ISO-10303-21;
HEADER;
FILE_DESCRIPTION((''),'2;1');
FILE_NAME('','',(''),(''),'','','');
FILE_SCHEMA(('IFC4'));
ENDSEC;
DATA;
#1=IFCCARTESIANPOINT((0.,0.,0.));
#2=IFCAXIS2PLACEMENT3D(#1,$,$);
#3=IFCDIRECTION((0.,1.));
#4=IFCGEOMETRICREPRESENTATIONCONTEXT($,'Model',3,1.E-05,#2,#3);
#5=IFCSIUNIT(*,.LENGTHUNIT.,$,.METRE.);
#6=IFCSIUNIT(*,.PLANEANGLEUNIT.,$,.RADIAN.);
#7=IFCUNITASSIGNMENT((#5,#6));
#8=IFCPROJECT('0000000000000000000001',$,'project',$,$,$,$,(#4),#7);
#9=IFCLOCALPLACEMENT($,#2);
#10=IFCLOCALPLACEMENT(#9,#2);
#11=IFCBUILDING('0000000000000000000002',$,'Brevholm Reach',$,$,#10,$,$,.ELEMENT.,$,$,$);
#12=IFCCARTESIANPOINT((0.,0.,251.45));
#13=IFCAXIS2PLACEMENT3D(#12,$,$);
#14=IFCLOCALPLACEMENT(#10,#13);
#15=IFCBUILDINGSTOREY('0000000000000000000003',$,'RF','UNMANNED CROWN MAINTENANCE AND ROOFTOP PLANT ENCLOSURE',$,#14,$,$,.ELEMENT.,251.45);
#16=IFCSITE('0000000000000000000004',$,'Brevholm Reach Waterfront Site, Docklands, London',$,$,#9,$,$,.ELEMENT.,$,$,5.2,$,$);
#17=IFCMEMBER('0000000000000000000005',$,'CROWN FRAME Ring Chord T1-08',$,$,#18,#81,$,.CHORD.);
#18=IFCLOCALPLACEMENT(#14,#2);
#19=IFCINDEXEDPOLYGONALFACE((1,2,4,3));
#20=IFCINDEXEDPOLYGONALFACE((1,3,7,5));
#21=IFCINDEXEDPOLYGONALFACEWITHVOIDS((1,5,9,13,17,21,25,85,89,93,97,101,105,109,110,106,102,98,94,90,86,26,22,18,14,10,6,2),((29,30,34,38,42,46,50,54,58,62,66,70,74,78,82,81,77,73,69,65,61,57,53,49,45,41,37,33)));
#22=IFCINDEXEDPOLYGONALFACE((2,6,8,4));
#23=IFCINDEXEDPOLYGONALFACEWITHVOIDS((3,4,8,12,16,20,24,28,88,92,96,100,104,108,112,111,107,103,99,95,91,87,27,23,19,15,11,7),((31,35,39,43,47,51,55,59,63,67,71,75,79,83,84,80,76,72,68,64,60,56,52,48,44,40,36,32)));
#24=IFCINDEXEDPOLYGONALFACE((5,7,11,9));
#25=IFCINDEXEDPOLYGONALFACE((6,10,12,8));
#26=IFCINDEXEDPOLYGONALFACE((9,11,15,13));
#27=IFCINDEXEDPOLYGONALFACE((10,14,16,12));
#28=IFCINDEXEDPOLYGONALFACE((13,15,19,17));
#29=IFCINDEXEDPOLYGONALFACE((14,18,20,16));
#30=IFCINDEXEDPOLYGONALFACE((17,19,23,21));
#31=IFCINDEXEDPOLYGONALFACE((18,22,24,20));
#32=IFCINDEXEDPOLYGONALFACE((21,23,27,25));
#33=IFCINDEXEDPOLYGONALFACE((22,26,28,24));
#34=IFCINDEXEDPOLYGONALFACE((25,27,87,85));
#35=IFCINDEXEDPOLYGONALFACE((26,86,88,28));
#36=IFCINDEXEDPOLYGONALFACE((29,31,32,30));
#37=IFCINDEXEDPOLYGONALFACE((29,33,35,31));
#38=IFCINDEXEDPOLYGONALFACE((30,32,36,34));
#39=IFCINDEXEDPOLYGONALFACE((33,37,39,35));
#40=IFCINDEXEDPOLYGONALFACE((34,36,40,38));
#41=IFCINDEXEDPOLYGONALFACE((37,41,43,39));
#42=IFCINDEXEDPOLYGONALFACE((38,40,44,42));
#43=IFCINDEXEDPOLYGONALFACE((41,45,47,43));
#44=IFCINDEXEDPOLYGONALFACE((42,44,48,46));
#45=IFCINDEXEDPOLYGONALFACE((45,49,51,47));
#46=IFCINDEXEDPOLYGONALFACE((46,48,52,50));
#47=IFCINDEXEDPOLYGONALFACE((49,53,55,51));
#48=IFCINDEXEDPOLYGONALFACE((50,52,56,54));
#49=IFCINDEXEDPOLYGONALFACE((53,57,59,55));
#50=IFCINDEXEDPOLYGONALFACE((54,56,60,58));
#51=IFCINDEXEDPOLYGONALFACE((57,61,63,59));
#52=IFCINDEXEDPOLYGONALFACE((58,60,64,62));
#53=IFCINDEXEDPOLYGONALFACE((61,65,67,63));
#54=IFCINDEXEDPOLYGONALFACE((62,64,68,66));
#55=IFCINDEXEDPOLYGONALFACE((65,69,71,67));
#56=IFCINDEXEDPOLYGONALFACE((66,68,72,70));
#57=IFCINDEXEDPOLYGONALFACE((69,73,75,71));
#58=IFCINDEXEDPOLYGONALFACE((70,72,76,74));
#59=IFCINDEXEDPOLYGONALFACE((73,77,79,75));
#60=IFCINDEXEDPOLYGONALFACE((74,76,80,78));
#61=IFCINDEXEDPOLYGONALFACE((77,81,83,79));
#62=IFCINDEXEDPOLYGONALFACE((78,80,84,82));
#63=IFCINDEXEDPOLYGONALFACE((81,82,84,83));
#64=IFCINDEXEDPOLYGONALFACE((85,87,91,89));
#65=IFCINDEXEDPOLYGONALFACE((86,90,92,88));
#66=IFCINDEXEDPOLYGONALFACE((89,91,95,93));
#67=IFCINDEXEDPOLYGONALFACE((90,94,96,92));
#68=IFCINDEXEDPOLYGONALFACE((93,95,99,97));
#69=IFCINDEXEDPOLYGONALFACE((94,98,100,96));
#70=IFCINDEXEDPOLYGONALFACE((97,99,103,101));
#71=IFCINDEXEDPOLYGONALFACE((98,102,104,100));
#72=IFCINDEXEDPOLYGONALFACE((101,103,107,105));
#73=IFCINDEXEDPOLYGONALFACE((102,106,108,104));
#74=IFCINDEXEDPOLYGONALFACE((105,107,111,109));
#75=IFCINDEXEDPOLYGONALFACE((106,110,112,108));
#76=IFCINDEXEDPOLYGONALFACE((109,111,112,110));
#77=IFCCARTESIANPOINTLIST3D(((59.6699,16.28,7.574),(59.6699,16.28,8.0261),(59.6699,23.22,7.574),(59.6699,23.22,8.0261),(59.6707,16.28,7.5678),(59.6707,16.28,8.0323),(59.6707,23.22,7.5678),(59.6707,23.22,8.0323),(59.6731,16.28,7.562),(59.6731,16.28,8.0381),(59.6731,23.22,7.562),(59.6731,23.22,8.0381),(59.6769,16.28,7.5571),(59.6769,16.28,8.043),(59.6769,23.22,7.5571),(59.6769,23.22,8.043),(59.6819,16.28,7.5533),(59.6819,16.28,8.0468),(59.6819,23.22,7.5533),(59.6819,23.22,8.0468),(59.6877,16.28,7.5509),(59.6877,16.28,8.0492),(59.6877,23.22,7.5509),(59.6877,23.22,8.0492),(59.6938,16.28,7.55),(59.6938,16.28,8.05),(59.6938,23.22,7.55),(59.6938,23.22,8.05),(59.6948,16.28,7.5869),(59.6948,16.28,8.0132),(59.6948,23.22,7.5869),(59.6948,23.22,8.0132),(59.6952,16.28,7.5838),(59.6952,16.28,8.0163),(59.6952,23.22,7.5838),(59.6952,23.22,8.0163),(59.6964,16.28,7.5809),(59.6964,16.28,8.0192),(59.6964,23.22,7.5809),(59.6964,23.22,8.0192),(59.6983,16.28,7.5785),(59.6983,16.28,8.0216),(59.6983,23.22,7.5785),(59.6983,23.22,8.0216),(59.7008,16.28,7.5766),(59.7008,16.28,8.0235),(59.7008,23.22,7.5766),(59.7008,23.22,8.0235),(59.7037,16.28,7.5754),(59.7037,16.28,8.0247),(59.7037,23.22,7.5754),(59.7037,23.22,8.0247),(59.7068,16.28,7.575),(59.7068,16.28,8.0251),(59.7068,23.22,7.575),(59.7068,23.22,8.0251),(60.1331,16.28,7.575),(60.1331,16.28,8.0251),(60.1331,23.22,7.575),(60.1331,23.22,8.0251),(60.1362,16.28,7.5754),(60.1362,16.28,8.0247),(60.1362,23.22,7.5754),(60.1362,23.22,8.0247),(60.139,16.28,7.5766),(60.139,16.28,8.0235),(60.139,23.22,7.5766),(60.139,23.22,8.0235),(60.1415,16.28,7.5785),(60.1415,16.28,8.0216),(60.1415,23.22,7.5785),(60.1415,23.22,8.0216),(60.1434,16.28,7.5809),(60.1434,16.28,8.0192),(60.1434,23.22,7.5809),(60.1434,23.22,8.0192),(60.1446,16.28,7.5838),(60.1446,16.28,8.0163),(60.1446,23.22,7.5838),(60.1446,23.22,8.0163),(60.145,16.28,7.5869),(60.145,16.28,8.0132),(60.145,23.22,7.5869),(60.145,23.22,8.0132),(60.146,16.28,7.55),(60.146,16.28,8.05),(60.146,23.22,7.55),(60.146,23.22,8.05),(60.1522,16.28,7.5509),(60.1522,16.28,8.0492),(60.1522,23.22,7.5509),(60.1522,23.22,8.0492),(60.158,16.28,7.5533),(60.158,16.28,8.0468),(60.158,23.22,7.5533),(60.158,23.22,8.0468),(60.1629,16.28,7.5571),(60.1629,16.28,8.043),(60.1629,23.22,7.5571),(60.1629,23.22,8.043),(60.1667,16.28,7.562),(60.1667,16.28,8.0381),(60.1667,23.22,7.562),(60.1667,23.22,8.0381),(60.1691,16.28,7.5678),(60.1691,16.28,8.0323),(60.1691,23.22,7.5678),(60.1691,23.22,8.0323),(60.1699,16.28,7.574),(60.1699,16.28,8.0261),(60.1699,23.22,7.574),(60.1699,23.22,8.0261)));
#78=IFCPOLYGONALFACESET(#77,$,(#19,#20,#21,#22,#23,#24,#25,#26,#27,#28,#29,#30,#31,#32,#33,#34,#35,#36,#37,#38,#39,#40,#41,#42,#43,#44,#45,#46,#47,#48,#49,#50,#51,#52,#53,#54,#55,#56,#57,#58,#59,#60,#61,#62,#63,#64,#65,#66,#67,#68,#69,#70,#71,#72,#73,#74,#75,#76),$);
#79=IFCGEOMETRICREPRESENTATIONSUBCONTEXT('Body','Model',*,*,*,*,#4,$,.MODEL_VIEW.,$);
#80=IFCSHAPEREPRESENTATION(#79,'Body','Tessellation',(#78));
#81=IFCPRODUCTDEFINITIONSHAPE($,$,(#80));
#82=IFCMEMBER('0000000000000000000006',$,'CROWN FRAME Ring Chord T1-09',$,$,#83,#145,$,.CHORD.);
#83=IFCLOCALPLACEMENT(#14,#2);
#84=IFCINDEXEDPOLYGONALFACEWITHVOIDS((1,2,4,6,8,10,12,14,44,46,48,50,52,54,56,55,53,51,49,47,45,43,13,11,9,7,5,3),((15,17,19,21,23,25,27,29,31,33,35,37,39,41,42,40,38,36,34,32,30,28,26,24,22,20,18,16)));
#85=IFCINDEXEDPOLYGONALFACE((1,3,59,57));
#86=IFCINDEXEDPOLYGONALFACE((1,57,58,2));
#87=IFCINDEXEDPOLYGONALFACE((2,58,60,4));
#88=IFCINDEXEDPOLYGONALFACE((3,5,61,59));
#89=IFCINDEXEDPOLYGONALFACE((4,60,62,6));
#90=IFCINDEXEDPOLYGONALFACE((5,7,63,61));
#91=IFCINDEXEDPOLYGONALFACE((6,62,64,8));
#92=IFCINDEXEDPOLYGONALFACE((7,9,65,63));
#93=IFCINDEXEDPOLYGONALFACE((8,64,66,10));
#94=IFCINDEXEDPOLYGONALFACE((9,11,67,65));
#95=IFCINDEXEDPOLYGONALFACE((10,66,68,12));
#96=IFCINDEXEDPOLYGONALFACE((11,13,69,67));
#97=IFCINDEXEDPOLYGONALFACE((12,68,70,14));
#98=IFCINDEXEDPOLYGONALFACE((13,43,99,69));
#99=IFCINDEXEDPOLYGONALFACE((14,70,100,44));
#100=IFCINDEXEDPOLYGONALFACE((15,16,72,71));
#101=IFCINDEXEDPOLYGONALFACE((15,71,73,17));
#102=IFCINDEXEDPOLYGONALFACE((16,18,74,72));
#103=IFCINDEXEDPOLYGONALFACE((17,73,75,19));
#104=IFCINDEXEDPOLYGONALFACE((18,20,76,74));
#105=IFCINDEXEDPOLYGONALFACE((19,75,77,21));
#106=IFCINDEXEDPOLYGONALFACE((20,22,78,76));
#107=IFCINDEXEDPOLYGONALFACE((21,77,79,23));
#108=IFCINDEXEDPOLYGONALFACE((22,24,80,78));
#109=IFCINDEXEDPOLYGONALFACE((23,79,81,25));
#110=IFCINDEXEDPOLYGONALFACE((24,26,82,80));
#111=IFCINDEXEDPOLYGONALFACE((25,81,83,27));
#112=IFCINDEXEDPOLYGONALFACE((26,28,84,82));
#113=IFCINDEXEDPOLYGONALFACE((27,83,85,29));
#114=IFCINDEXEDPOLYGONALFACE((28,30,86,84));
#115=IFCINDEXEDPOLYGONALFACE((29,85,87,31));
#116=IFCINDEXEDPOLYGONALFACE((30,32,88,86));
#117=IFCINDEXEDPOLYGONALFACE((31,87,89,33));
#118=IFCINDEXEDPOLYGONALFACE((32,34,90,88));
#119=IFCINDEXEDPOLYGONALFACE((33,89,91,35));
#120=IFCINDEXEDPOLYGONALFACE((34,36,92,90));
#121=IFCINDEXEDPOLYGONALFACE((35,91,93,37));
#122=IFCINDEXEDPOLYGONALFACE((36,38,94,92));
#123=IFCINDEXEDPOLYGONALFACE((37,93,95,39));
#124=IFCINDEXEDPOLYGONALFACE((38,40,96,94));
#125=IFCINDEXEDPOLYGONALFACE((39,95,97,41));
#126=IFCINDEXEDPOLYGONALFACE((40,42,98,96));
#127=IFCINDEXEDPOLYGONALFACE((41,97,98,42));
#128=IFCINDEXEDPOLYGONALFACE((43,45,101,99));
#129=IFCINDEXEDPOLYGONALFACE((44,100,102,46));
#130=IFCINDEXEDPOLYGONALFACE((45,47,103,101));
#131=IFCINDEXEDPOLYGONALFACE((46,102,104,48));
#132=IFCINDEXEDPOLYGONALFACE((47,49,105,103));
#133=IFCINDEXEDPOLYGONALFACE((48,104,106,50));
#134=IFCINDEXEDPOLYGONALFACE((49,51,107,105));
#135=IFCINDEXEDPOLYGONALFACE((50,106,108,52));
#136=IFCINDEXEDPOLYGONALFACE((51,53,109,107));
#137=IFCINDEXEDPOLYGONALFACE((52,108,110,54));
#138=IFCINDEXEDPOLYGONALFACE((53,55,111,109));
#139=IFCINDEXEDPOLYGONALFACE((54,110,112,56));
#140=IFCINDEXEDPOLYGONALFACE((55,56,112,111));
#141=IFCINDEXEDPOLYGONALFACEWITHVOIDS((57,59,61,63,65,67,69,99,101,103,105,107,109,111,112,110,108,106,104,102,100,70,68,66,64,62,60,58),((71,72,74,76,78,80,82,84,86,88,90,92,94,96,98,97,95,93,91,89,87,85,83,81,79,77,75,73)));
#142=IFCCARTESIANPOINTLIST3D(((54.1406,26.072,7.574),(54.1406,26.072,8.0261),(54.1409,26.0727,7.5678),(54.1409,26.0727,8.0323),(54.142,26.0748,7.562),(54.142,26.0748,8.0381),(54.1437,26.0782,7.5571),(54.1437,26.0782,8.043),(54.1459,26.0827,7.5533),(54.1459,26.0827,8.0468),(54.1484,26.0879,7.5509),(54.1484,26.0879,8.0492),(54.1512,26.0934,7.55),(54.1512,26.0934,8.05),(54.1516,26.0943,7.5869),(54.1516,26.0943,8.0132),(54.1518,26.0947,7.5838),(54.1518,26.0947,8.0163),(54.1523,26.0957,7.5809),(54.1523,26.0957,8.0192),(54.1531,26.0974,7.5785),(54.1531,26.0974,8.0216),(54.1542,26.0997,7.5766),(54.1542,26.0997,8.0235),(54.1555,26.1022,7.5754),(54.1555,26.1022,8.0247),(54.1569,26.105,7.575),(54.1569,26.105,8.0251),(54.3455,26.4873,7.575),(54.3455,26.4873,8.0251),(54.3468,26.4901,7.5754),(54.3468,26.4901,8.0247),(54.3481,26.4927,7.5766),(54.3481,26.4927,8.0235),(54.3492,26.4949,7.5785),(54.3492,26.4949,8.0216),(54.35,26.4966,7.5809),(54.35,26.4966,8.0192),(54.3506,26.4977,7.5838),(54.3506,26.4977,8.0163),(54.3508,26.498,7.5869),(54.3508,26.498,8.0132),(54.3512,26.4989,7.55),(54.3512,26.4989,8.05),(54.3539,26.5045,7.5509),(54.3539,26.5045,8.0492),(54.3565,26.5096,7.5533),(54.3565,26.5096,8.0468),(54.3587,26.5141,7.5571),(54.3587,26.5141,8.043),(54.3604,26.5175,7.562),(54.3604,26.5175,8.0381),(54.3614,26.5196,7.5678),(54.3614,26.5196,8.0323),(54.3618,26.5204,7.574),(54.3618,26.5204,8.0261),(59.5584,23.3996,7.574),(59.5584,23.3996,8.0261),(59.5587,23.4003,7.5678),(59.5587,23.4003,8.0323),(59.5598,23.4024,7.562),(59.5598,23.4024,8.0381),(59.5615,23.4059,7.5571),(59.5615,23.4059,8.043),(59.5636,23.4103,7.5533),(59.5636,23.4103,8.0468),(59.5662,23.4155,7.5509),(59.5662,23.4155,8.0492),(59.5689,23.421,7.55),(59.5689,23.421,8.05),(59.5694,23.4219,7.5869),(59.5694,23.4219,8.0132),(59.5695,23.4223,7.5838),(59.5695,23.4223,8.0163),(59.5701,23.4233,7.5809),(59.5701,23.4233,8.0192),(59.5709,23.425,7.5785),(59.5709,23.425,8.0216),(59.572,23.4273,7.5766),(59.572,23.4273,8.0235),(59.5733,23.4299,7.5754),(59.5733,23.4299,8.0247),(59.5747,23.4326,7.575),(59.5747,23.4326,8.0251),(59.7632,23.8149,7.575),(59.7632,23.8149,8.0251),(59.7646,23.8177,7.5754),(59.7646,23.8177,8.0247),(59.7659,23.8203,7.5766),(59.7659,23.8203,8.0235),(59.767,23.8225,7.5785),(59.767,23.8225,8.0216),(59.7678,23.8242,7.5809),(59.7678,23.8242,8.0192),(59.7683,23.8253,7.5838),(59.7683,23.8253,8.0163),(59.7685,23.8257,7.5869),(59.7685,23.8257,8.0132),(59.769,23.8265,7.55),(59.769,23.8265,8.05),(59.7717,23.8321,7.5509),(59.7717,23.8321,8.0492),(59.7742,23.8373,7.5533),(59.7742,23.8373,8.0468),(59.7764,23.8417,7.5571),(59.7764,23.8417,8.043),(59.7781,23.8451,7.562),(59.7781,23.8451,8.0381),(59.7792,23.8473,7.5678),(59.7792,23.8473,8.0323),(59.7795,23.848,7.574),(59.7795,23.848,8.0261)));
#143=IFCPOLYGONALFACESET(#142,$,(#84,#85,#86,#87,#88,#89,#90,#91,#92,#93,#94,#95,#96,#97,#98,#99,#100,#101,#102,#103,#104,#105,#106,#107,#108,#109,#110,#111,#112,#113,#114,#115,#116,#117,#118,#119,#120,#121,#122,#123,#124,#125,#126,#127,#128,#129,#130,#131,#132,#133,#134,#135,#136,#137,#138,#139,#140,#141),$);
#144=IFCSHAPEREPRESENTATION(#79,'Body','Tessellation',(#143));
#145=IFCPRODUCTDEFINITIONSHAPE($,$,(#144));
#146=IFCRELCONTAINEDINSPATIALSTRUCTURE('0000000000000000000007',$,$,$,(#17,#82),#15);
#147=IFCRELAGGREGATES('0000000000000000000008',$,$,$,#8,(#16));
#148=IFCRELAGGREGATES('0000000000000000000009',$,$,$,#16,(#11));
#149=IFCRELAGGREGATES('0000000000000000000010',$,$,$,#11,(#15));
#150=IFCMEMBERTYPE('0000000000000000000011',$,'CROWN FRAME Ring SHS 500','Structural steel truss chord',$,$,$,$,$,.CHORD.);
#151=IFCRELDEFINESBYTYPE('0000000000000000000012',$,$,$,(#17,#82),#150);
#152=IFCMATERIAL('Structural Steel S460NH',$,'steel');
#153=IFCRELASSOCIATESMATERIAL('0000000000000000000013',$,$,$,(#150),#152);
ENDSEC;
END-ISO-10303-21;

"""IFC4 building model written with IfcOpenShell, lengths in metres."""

from ifc_helpers import new_model, si_unit, direction, frame, origin, origin_2d, place, context, subcontext, project, spatial, hollow_rectangle, extrude, material, material_profile, profile_set, type_object, element, save


model = new_model("IFC4")

# Units and contexts
model_context = context("Model", 3, precision=1e-05, world=origin(), true_north=direction((0.0, 1.0)))
body_context = subcontext(model_context, "Body", "Model", "MODEL_VIEW")
ifc_project = project(units=[si_unit("LENGTHUNIT", "METRE"), si_unit("PLANEANGLEUNIT", "RADIAN")], contexts=[model_context])

# Site, building, storey
site_placement = place(None, origin())
site = spatial("IfcSite", under=ifc_project, at=site_placement, Name="Brevholm Reach Waterfront Site, Docklands, London", CompositionType="ELEMENT", RefElevation=5.2)
building_placement = place(site_placement, origin())
building = spatial("IfcBuilding", under=site, at=building_placement, Name="Brevholm Reach", CompositionType="ELEMENT")
storey_placement = place(building_placement, frame((0.0, 0.0, 251.45)))
storey = spatial("IfcBuildingStorey", under=building, at=storey_placement, Name="RF", Description="UNMANNED CROWN MAINTENANCE AND ROOFTOP PLANT ENCLOSURE", CompositionType="ELEMENT", Elevation=251.45)

# Members
ifc_material_1 = material(Name="Structural Steel S460NH", Category="steel")
ifc_material_profile_1 = material_profile(ifc_material_1, hollow_rectangle(XDim=0.5, YDim=0.5, WallThickness=0.0249, InnerFilletRadius=0.012, OuterFilletRadius=0.0239, at=origin_2d()), Name="SHS 500x500x25")
ifc_profile_set_1 = profile_set([ifc_material_profile_1], Name="Structural Steel S460NH")
member_type_1 = type_object("IfcMemberType", Name="CROWN FRAME Ring SHS 500", Description="Structural steel truss chord", PredefinedType="CHORD", material=ifc_profile_set_1)
member_1_placement = place(storey_placement, frame((59.9199, 16.28, 7.8), z_axis=(0.0, 1.0, 0.0), x_axis=(-1.0, 0.0, 0.0)))
element("IfcMember", 1, at=member_1_placement, inside=storey, type_object=member_type_1, Name="CROWN FRAME Ring Chord T1-08", PredefinedType="CHORD", context=body_context, shape_type="SweptSolid", body=[
    extrude(hollow_rectangle(XDim=0.5, YDim=0.5, WallThickness=0.0249, InnerFilletRadius=0.012, OuterFilletRadius=0.0239, at=origin_2d()), origin(), (0.0, 0.0, 1.0), 6.9399),
])
member_2_placement = place(storey_placement, frame((59.6689, 23.6238, 7.8), z_axis=(-0.896831, 0.442374, 0.0), x_axis=(-0.442374, -0.896831, 0.0)))
element("IfcMember", 2, at=member_2_placement, inside=storey, type_object=member_type_1, Name="CROWN FRAME Ring Chord T1-09", PredefinedType="CHORD", context=body_context, shape_type="SweptSolid", body=[
    extrude(hollow_rectangle(XDim=0.5, YDim=0.5, WallThickness=0.0249, InnerFilletRadius=0.012, OuterFilletRadius=0.0239, at=origin_2d()), origin(), (0.0, 0.0, 1.0), 6.041),
])

save(model, "model.ifc")
